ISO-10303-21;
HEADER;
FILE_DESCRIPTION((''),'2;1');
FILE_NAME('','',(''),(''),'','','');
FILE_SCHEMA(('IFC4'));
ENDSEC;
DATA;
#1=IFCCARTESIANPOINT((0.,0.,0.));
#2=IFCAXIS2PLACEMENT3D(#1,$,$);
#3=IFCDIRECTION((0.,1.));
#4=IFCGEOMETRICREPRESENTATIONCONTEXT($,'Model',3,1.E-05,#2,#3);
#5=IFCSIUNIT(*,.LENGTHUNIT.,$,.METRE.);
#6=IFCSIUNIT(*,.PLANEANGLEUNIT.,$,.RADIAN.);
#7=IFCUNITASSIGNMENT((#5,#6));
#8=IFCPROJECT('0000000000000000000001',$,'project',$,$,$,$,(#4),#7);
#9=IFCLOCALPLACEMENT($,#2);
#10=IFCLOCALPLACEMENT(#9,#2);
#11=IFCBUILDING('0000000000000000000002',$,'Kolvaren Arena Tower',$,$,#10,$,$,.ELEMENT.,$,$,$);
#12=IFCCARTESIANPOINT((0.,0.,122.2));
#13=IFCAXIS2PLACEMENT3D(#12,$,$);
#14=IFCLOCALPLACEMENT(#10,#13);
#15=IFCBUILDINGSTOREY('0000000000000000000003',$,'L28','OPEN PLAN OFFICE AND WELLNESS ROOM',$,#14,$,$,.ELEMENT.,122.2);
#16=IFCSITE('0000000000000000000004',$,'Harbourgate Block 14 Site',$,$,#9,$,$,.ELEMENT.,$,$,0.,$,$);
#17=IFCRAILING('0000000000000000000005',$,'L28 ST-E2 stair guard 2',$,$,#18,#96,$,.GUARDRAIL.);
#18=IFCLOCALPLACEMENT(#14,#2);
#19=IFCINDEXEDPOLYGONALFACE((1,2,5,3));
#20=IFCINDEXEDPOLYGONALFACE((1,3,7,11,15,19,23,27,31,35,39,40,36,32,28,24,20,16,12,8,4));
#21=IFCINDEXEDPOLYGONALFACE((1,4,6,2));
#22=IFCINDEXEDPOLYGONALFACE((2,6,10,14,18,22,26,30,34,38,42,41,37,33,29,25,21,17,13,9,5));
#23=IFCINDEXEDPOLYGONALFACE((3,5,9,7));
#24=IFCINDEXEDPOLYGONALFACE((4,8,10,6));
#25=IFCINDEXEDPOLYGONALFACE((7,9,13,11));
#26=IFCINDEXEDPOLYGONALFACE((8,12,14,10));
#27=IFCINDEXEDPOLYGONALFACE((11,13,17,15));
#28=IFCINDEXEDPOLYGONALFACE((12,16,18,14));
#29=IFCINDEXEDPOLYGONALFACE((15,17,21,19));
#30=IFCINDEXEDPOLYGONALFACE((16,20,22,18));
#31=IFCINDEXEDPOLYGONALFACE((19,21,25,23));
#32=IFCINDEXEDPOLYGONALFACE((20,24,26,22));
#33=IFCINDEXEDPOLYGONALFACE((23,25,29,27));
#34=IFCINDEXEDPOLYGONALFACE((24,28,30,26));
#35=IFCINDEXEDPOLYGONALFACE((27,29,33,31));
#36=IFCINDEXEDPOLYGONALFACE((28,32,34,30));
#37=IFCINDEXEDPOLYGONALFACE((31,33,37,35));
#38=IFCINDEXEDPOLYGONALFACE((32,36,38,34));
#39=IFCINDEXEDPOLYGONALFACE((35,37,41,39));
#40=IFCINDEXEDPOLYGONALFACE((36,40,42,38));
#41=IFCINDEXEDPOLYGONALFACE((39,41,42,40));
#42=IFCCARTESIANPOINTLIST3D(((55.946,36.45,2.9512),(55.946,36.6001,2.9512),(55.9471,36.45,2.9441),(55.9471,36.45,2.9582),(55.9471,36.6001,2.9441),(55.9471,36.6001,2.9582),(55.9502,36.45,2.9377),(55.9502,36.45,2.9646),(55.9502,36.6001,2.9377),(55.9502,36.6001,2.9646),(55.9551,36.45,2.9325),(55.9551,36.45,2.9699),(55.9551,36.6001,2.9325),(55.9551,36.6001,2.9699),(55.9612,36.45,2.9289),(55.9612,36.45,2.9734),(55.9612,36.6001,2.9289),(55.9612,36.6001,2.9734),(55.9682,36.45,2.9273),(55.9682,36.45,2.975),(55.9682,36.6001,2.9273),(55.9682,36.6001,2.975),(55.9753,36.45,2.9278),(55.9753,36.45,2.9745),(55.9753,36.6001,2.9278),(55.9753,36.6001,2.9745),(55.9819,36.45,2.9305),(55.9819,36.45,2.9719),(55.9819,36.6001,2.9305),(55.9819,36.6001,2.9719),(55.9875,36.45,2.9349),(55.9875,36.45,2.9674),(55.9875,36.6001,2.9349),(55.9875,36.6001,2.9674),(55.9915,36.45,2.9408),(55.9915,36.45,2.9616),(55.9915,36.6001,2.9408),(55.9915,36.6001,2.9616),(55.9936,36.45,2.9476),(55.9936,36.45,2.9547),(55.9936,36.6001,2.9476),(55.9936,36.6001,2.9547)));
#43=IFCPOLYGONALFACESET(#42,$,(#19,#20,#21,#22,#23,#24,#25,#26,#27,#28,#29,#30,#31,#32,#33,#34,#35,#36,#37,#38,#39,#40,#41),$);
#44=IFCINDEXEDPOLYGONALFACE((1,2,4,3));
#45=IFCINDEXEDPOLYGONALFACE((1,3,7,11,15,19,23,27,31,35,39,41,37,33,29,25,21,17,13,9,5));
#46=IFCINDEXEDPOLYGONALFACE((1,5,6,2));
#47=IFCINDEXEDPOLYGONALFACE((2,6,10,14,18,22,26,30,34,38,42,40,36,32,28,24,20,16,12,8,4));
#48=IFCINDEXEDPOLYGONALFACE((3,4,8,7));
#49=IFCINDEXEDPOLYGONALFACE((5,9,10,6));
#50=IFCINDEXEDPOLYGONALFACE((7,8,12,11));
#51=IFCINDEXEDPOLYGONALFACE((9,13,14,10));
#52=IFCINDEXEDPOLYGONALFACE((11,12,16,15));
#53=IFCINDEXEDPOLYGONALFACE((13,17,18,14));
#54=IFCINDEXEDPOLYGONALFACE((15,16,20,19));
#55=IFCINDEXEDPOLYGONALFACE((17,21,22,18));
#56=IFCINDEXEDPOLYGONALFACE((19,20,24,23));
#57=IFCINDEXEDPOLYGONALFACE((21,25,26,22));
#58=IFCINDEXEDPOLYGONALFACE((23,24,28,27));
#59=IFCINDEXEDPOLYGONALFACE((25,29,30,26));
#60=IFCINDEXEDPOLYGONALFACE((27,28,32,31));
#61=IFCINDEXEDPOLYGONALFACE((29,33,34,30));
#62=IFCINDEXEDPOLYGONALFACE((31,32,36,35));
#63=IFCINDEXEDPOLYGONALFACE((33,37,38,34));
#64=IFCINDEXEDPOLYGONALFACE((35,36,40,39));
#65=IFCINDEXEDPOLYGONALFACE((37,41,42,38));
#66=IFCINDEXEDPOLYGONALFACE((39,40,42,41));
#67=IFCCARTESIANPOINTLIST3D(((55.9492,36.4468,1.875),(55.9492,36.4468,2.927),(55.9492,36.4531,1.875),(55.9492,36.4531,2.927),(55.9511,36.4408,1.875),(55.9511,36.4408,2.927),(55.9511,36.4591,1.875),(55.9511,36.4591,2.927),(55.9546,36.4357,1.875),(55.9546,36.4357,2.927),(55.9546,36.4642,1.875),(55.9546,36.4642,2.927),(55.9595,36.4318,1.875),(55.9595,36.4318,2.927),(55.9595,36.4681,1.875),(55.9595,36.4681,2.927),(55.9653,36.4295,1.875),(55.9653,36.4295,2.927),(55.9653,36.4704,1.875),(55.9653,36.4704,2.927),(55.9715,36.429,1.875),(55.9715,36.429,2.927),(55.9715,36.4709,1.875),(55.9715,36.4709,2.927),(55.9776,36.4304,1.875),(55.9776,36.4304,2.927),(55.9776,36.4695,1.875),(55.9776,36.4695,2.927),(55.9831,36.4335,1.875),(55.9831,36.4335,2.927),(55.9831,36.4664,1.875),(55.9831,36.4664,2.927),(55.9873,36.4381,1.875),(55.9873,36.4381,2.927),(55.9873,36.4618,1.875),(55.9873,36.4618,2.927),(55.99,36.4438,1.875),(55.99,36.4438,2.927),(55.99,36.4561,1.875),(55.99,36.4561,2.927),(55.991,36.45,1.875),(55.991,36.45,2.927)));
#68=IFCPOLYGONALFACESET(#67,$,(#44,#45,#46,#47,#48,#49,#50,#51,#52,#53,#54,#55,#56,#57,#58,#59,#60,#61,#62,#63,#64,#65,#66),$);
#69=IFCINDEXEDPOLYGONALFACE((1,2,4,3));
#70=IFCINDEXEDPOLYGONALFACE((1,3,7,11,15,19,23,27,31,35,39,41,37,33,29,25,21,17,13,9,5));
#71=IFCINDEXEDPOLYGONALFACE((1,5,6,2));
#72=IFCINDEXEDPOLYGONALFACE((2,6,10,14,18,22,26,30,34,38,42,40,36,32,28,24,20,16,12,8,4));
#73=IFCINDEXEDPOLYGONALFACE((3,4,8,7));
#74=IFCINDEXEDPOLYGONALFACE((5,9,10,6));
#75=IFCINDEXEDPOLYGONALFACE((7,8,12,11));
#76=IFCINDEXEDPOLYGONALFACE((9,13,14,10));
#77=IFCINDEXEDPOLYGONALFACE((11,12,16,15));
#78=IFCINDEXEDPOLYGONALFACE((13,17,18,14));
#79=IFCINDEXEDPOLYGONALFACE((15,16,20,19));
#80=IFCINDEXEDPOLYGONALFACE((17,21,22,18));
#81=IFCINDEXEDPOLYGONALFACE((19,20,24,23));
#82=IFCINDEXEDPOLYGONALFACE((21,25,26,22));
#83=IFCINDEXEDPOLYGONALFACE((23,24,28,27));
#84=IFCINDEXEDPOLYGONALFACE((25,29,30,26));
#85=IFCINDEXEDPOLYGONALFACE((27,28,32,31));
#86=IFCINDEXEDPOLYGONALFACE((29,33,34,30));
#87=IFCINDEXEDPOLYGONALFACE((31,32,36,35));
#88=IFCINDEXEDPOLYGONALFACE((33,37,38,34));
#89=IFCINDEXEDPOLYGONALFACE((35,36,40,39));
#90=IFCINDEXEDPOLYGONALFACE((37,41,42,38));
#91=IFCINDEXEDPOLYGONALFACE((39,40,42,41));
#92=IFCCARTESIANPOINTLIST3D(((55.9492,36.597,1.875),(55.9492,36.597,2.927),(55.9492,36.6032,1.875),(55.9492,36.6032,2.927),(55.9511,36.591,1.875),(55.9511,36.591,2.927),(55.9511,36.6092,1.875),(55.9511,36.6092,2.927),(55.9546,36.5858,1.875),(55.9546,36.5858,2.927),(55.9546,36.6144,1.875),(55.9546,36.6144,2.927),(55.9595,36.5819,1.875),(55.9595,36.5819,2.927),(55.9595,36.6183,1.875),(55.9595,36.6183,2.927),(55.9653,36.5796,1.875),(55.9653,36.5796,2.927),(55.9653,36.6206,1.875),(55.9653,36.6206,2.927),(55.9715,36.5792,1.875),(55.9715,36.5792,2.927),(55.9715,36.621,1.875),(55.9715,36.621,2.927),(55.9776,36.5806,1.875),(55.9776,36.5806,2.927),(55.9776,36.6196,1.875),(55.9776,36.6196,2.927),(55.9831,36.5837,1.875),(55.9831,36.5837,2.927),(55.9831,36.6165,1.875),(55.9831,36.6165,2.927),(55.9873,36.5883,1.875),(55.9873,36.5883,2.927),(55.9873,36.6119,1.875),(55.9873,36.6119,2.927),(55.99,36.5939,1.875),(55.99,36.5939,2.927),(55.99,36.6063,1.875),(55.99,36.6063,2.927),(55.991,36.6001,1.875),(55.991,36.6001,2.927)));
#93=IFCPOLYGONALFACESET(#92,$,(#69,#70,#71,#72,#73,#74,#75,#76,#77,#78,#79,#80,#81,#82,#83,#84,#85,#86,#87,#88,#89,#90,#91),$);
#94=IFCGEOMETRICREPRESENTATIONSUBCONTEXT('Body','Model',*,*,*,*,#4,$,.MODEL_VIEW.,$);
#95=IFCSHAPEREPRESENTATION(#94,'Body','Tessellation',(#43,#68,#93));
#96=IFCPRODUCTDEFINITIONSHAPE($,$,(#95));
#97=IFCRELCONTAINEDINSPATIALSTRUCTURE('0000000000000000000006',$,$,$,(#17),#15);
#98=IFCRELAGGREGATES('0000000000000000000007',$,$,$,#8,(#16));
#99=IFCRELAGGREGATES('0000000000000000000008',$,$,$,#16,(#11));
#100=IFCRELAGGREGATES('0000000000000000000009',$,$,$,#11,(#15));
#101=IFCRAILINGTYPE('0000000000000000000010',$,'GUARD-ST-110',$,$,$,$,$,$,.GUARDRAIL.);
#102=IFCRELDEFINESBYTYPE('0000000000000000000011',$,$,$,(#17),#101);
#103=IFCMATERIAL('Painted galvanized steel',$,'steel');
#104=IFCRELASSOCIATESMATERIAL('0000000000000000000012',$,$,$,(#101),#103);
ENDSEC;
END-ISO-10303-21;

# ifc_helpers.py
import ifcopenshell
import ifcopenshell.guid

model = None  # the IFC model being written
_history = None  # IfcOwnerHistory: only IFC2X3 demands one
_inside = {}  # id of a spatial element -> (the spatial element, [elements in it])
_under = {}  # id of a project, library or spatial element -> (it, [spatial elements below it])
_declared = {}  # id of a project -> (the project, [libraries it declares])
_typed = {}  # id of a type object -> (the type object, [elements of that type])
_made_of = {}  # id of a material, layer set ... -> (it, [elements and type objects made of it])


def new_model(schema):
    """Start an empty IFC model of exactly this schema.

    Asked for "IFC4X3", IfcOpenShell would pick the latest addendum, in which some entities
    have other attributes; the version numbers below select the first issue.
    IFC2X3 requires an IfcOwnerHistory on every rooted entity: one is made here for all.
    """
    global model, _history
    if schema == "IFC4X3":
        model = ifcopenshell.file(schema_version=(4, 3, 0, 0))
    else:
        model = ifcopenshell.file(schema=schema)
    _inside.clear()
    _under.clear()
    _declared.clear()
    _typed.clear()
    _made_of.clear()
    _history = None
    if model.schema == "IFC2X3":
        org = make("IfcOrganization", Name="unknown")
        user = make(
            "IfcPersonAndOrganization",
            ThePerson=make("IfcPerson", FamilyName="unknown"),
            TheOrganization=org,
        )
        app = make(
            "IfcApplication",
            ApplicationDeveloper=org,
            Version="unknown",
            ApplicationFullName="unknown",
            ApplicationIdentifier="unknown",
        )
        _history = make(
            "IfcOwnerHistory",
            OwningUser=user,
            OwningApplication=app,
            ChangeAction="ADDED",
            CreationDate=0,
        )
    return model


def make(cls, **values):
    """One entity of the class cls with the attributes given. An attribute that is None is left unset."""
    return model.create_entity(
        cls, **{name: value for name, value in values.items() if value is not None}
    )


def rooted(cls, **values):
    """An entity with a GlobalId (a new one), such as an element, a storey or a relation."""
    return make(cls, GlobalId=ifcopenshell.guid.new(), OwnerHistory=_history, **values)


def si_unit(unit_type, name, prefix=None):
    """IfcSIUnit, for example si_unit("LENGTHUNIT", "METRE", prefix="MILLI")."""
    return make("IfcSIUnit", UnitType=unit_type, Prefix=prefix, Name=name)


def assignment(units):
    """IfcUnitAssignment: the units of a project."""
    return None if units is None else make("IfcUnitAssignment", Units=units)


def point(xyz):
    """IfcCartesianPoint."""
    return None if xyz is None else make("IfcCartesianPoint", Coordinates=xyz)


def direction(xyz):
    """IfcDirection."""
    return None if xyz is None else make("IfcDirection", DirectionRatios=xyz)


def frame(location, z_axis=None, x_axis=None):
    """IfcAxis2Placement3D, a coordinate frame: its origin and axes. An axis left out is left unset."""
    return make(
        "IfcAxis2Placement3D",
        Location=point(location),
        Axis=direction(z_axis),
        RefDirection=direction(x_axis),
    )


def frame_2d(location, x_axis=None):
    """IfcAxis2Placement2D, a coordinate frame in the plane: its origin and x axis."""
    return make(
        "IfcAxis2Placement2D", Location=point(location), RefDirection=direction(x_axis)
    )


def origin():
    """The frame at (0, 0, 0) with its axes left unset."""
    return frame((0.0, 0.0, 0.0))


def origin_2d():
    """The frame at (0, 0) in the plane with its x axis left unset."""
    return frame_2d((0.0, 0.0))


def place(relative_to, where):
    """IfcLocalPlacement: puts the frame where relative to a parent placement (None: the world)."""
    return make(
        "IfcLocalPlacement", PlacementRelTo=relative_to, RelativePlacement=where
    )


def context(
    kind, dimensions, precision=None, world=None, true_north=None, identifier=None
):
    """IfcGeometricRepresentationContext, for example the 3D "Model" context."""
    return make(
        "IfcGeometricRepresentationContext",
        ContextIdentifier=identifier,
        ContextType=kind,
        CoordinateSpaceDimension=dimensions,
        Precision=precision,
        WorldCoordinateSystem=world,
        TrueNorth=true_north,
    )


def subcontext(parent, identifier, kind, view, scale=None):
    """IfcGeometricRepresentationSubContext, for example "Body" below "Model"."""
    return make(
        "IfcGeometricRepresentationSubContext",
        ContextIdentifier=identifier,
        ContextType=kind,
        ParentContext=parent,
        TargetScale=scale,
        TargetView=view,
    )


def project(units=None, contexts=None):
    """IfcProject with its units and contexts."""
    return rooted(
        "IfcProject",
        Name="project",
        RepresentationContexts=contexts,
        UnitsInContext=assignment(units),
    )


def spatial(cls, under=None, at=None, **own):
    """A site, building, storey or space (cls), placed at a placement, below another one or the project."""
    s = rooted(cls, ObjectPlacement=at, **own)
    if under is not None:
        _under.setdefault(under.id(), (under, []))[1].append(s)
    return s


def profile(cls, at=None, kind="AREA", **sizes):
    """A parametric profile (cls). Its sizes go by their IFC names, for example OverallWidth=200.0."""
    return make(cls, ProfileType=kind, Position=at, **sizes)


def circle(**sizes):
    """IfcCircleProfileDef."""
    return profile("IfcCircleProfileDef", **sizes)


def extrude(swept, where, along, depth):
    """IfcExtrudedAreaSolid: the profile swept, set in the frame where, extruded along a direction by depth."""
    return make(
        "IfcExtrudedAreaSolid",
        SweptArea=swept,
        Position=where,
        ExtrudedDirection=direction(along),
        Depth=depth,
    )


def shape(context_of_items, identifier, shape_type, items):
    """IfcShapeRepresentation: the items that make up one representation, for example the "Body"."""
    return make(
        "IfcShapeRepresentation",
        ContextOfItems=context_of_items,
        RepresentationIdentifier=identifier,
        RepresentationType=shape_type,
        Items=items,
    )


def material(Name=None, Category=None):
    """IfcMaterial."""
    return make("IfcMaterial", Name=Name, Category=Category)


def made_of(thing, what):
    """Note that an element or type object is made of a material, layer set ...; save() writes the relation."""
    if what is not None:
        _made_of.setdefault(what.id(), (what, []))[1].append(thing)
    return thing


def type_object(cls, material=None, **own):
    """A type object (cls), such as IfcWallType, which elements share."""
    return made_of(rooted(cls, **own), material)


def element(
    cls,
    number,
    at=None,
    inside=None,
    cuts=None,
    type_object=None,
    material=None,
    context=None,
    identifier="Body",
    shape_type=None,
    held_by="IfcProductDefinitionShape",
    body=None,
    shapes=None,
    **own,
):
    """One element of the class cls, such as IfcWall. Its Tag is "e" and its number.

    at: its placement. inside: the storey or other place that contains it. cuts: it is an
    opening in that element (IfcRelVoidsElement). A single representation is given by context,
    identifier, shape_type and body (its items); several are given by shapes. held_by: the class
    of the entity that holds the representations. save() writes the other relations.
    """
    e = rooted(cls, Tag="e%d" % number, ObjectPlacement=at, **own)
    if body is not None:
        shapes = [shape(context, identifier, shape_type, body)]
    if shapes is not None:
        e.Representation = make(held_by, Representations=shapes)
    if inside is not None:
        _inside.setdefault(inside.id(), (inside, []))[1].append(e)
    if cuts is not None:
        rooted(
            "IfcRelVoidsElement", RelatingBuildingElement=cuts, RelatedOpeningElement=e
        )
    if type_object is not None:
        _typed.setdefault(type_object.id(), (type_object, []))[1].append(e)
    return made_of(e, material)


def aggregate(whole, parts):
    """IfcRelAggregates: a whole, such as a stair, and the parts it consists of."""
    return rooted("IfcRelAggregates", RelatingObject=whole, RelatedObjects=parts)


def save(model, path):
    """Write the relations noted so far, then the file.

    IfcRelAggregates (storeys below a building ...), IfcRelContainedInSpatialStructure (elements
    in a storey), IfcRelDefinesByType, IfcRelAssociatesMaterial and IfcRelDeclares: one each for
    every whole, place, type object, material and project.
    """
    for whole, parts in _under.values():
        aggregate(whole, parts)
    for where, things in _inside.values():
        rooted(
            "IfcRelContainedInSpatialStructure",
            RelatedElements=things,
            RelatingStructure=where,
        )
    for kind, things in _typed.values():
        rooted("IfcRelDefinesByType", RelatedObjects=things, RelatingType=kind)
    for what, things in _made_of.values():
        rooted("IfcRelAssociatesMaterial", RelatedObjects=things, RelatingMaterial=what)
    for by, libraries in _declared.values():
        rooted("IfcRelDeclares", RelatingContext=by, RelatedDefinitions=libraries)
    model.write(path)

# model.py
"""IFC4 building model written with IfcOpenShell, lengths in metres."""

from ifc_helpers import new_model, si_unit, direction, frame, origin, origin_2d, place, context, subcontext, project, spatial, circle, extrude, material, type_object, element, save


model = new_model("IFC4")

# Units and contexts
model_context = context("Model", 3, precision=1e-05, world=origin(), true_north=direction((0.0, 1.0)))
body_context = subcontext(model_context, "Body", "Model", "MODEL_VIEW")
ifc_project = project(units=[si_unit("LENGTHUNIT", "METRE"), si_unit("PLANEANGLEUNIT", "RADIAN")], contexts=[model_context])

# Site, building, storey
site_placement = place(None, origin())
site = spatial("IfcSite", under=ifc_project, at=site_placement, Name="Harbourgate Block 14 Site", CompositionType="ELEMENT", RefElevation=0.0)
building_placement = place(site_placement, origin())
building = spatial("IfcBuilding", under=site, at=building_placement, Name="Kolvaren Arena Tower", CompositionType="ELEMENT")
storey_placement = place(building_placement, frame((0.0, 0.0, 122.2)))
storey = spatial("IfcBuildingStorey", under=building, at=storey_placement, Name="L28", Description="OPEN PLAN OFFICE AND WELLNESS ROOM", CompositionType="ELEMENT", Elevation=122.2)

# Railing
ifc_material_1 = material(Name="Painted galvanized steel", Category="steel")
railing_type_1 = type_object("IfcRailingType", Name="GUARD-ST-110", PredefinedType="GUARDRAIL", material=ifc_material_1)
railing_1_placement = place(storey_placement, frame((55.97, 36.45, 1.875)))
element("IfcRailing", 1, at=railing_1_placement, inside=storey, type_object=railing_type_1, Name="L28 ST-E2 stair guard 2", PredefinedType="GUARDRAIL", context=body_context, shape_type="SweptSolid", body=[
    extrude(circle(Radius=0.0239, at=origin_2d()), frame((0.0, 0.0, 1.0762), z_axis=(0.0, 1.0, 0.0), x_axis=(-1.0, 0.0, 0.0)), (0.0, 0.0, 1.0), 0.1501),
    extrude(circle(Radius=0.021, at=origin_2d()), origin(), (0.0, 0.0, 1.0), 1.052),
    extrude(circle(Radius=0.021, at=origin_2d()), frame((0.0, 0.1501, 0.0)), (0.0, 0.0, 1.0), 1.052),
])

save(model, "model.ifc")
